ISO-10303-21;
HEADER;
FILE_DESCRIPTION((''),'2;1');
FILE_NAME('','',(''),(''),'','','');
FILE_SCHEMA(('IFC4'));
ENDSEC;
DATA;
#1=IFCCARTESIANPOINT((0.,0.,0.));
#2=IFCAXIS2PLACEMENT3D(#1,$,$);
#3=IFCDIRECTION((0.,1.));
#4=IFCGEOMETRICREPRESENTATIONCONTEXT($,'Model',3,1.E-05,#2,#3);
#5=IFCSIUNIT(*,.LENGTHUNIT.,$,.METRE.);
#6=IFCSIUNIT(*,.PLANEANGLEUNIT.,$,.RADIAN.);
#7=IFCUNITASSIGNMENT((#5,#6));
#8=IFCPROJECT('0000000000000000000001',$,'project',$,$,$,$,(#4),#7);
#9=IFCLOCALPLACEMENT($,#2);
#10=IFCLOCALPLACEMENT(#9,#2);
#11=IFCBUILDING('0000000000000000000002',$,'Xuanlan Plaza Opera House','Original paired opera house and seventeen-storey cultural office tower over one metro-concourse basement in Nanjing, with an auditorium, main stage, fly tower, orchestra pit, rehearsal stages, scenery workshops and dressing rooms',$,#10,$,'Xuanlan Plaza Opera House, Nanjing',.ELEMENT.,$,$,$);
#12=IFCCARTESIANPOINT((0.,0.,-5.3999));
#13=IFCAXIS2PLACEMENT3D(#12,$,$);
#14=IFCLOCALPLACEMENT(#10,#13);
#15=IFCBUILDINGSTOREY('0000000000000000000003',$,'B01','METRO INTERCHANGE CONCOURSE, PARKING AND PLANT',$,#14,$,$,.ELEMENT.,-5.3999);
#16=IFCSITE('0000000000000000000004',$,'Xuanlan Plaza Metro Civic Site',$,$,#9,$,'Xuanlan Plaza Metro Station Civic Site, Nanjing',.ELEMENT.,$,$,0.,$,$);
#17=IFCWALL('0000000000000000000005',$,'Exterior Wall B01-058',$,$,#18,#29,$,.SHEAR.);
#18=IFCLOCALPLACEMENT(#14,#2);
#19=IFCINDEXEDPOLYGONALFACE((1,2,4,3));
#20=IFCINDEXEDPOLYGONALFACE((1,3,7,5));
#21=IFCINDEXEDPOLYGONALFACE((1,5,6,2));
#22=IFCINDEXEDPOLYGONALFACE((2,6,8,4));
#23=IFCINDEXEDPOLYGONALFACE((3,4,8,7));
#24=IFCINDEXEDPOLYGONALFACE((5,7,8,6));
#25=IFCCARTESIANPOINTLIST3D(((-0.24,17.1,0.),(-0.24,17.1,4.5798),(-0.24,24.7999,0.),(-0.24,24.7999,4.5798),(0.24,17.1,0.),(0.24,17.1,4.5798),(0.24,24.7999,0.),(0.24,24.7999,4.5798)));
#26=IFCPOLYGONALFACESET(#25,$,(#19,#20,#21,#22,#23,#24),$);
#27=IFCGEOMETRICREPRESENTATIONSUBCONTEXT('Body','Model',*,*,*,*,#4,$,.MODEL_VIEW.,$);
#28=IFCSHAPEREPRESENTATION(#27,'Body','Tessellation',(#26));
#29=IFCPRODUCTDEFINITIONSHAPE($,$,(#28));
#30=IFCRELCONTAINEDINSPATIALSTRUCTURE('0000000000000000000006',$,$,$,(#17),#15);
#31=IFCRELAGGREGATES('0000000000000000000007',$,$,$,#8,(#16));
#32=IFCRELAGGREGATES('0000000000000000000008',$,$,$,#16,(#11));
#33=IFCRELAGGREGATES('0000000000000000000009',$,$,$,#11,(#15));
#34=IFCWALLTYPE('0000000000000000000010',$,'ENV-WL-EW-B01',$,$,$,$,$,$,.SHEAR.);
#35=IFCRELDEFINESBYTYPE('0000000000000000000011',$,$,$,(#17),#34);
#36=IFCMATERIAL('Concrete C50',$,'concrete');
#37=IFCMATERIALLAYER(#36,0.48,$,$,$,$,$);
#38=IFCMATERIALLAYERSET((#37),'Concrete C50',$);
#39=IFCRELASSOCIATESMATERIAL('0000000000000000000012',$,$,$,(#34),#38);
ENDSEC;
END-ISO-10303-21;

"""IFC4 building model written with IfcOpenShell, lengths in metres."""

from ifc_helpers import new_model, si_unit, direction, frame, frame_2d, origin, place, context, subcontext, project, spatial, rectangle, extrude, material, layer, layer_set, type_object, element, save


model = new_model("IFC4")

# Units and contexts
model_context = context("Model", 3, precision=1e-05, world=origin(), true_north=direction((0.0, 1.0)))
body_context = subcontext(model_context, "Body", "Model", "MODEL_VIEW")
ifc_project = project(units=[si_unit("LENGTHUNIT", "METRE"), si_unit("PLANEANGLEUNIT", "RADIAN")], contexts=[model_context])

# Site, building, storey
site_placement = place(None, origin())
site = spatial("IfcSite", under=ifc_project, at=site_placement, Name="Xuanlan Plaza Metro Civic Site", LongName="Xuanlan Plaza Metro Station Civic Site, Nanjing", CompositionType="ELEMENT", RefElevation=0.0)
building_placement = place(site_placement, origin())
building = spatial("IfcBuilding", under=site, at=building_placement, Name="Xuanlan Plaza Opera House", Description="Original paired opera house and seventeen-storey cultural office tower over one metro-concourse basement in Nanjing, with an auditorium, main stage, fly tower, orchestra pit, rehearsal stages, scenery workshops and dressing rooms", LongName="Xuanlan Plaza Opera House, Nanjing", CompositionType="ELEMENT")
storey_placement = place(building_placement, frame((0.0, 0.0, -5.3999)))
storey = spatial("IfcBuildingStorey", under=building, at=storey_placement, Name="B01", Description="METRO INTERCHANGE CONCOURSE, PARKING AND PLANT", CompositionType="ELEMENT", Elevation=-5.3999)

# Shared definitions
ifc_material_1 = material(Name="Concrete C50", Category="concrete")

# Wall
ifc_layer = layer(ifc_material_1, 0.48)
ifc_layer_set = layer_set([ifc_layer], Name="Concrete C50")
wall_type = type_object("IfcWallType", Name="ENV-WL-EW-B01", PredefinedType="SHEAR", material=ifc_layer_set)
wall_1_placement = place(storey_placement, frame((0.0, 24.8, 0.0), z_axis=(0.0, 0.0, 1.0), x_axis=(0.0, -1.0, 0.0)))
element("IfcWall", 1, at=wall_1_placement, inside=storey, type_object=wall_type, Name="Exterior Wall B01-058", PredefinedType="SHEAR", context=body_context, shape_type="SweptSolid", body=[
    extrude(rectangle(XDim=7.7, YDim=0.48, at=frame_2d((3.8501, 0.0))), origin(), (0.0, 0.0, 1.0), 4.5798),
])

save(model, "model.ifc")
